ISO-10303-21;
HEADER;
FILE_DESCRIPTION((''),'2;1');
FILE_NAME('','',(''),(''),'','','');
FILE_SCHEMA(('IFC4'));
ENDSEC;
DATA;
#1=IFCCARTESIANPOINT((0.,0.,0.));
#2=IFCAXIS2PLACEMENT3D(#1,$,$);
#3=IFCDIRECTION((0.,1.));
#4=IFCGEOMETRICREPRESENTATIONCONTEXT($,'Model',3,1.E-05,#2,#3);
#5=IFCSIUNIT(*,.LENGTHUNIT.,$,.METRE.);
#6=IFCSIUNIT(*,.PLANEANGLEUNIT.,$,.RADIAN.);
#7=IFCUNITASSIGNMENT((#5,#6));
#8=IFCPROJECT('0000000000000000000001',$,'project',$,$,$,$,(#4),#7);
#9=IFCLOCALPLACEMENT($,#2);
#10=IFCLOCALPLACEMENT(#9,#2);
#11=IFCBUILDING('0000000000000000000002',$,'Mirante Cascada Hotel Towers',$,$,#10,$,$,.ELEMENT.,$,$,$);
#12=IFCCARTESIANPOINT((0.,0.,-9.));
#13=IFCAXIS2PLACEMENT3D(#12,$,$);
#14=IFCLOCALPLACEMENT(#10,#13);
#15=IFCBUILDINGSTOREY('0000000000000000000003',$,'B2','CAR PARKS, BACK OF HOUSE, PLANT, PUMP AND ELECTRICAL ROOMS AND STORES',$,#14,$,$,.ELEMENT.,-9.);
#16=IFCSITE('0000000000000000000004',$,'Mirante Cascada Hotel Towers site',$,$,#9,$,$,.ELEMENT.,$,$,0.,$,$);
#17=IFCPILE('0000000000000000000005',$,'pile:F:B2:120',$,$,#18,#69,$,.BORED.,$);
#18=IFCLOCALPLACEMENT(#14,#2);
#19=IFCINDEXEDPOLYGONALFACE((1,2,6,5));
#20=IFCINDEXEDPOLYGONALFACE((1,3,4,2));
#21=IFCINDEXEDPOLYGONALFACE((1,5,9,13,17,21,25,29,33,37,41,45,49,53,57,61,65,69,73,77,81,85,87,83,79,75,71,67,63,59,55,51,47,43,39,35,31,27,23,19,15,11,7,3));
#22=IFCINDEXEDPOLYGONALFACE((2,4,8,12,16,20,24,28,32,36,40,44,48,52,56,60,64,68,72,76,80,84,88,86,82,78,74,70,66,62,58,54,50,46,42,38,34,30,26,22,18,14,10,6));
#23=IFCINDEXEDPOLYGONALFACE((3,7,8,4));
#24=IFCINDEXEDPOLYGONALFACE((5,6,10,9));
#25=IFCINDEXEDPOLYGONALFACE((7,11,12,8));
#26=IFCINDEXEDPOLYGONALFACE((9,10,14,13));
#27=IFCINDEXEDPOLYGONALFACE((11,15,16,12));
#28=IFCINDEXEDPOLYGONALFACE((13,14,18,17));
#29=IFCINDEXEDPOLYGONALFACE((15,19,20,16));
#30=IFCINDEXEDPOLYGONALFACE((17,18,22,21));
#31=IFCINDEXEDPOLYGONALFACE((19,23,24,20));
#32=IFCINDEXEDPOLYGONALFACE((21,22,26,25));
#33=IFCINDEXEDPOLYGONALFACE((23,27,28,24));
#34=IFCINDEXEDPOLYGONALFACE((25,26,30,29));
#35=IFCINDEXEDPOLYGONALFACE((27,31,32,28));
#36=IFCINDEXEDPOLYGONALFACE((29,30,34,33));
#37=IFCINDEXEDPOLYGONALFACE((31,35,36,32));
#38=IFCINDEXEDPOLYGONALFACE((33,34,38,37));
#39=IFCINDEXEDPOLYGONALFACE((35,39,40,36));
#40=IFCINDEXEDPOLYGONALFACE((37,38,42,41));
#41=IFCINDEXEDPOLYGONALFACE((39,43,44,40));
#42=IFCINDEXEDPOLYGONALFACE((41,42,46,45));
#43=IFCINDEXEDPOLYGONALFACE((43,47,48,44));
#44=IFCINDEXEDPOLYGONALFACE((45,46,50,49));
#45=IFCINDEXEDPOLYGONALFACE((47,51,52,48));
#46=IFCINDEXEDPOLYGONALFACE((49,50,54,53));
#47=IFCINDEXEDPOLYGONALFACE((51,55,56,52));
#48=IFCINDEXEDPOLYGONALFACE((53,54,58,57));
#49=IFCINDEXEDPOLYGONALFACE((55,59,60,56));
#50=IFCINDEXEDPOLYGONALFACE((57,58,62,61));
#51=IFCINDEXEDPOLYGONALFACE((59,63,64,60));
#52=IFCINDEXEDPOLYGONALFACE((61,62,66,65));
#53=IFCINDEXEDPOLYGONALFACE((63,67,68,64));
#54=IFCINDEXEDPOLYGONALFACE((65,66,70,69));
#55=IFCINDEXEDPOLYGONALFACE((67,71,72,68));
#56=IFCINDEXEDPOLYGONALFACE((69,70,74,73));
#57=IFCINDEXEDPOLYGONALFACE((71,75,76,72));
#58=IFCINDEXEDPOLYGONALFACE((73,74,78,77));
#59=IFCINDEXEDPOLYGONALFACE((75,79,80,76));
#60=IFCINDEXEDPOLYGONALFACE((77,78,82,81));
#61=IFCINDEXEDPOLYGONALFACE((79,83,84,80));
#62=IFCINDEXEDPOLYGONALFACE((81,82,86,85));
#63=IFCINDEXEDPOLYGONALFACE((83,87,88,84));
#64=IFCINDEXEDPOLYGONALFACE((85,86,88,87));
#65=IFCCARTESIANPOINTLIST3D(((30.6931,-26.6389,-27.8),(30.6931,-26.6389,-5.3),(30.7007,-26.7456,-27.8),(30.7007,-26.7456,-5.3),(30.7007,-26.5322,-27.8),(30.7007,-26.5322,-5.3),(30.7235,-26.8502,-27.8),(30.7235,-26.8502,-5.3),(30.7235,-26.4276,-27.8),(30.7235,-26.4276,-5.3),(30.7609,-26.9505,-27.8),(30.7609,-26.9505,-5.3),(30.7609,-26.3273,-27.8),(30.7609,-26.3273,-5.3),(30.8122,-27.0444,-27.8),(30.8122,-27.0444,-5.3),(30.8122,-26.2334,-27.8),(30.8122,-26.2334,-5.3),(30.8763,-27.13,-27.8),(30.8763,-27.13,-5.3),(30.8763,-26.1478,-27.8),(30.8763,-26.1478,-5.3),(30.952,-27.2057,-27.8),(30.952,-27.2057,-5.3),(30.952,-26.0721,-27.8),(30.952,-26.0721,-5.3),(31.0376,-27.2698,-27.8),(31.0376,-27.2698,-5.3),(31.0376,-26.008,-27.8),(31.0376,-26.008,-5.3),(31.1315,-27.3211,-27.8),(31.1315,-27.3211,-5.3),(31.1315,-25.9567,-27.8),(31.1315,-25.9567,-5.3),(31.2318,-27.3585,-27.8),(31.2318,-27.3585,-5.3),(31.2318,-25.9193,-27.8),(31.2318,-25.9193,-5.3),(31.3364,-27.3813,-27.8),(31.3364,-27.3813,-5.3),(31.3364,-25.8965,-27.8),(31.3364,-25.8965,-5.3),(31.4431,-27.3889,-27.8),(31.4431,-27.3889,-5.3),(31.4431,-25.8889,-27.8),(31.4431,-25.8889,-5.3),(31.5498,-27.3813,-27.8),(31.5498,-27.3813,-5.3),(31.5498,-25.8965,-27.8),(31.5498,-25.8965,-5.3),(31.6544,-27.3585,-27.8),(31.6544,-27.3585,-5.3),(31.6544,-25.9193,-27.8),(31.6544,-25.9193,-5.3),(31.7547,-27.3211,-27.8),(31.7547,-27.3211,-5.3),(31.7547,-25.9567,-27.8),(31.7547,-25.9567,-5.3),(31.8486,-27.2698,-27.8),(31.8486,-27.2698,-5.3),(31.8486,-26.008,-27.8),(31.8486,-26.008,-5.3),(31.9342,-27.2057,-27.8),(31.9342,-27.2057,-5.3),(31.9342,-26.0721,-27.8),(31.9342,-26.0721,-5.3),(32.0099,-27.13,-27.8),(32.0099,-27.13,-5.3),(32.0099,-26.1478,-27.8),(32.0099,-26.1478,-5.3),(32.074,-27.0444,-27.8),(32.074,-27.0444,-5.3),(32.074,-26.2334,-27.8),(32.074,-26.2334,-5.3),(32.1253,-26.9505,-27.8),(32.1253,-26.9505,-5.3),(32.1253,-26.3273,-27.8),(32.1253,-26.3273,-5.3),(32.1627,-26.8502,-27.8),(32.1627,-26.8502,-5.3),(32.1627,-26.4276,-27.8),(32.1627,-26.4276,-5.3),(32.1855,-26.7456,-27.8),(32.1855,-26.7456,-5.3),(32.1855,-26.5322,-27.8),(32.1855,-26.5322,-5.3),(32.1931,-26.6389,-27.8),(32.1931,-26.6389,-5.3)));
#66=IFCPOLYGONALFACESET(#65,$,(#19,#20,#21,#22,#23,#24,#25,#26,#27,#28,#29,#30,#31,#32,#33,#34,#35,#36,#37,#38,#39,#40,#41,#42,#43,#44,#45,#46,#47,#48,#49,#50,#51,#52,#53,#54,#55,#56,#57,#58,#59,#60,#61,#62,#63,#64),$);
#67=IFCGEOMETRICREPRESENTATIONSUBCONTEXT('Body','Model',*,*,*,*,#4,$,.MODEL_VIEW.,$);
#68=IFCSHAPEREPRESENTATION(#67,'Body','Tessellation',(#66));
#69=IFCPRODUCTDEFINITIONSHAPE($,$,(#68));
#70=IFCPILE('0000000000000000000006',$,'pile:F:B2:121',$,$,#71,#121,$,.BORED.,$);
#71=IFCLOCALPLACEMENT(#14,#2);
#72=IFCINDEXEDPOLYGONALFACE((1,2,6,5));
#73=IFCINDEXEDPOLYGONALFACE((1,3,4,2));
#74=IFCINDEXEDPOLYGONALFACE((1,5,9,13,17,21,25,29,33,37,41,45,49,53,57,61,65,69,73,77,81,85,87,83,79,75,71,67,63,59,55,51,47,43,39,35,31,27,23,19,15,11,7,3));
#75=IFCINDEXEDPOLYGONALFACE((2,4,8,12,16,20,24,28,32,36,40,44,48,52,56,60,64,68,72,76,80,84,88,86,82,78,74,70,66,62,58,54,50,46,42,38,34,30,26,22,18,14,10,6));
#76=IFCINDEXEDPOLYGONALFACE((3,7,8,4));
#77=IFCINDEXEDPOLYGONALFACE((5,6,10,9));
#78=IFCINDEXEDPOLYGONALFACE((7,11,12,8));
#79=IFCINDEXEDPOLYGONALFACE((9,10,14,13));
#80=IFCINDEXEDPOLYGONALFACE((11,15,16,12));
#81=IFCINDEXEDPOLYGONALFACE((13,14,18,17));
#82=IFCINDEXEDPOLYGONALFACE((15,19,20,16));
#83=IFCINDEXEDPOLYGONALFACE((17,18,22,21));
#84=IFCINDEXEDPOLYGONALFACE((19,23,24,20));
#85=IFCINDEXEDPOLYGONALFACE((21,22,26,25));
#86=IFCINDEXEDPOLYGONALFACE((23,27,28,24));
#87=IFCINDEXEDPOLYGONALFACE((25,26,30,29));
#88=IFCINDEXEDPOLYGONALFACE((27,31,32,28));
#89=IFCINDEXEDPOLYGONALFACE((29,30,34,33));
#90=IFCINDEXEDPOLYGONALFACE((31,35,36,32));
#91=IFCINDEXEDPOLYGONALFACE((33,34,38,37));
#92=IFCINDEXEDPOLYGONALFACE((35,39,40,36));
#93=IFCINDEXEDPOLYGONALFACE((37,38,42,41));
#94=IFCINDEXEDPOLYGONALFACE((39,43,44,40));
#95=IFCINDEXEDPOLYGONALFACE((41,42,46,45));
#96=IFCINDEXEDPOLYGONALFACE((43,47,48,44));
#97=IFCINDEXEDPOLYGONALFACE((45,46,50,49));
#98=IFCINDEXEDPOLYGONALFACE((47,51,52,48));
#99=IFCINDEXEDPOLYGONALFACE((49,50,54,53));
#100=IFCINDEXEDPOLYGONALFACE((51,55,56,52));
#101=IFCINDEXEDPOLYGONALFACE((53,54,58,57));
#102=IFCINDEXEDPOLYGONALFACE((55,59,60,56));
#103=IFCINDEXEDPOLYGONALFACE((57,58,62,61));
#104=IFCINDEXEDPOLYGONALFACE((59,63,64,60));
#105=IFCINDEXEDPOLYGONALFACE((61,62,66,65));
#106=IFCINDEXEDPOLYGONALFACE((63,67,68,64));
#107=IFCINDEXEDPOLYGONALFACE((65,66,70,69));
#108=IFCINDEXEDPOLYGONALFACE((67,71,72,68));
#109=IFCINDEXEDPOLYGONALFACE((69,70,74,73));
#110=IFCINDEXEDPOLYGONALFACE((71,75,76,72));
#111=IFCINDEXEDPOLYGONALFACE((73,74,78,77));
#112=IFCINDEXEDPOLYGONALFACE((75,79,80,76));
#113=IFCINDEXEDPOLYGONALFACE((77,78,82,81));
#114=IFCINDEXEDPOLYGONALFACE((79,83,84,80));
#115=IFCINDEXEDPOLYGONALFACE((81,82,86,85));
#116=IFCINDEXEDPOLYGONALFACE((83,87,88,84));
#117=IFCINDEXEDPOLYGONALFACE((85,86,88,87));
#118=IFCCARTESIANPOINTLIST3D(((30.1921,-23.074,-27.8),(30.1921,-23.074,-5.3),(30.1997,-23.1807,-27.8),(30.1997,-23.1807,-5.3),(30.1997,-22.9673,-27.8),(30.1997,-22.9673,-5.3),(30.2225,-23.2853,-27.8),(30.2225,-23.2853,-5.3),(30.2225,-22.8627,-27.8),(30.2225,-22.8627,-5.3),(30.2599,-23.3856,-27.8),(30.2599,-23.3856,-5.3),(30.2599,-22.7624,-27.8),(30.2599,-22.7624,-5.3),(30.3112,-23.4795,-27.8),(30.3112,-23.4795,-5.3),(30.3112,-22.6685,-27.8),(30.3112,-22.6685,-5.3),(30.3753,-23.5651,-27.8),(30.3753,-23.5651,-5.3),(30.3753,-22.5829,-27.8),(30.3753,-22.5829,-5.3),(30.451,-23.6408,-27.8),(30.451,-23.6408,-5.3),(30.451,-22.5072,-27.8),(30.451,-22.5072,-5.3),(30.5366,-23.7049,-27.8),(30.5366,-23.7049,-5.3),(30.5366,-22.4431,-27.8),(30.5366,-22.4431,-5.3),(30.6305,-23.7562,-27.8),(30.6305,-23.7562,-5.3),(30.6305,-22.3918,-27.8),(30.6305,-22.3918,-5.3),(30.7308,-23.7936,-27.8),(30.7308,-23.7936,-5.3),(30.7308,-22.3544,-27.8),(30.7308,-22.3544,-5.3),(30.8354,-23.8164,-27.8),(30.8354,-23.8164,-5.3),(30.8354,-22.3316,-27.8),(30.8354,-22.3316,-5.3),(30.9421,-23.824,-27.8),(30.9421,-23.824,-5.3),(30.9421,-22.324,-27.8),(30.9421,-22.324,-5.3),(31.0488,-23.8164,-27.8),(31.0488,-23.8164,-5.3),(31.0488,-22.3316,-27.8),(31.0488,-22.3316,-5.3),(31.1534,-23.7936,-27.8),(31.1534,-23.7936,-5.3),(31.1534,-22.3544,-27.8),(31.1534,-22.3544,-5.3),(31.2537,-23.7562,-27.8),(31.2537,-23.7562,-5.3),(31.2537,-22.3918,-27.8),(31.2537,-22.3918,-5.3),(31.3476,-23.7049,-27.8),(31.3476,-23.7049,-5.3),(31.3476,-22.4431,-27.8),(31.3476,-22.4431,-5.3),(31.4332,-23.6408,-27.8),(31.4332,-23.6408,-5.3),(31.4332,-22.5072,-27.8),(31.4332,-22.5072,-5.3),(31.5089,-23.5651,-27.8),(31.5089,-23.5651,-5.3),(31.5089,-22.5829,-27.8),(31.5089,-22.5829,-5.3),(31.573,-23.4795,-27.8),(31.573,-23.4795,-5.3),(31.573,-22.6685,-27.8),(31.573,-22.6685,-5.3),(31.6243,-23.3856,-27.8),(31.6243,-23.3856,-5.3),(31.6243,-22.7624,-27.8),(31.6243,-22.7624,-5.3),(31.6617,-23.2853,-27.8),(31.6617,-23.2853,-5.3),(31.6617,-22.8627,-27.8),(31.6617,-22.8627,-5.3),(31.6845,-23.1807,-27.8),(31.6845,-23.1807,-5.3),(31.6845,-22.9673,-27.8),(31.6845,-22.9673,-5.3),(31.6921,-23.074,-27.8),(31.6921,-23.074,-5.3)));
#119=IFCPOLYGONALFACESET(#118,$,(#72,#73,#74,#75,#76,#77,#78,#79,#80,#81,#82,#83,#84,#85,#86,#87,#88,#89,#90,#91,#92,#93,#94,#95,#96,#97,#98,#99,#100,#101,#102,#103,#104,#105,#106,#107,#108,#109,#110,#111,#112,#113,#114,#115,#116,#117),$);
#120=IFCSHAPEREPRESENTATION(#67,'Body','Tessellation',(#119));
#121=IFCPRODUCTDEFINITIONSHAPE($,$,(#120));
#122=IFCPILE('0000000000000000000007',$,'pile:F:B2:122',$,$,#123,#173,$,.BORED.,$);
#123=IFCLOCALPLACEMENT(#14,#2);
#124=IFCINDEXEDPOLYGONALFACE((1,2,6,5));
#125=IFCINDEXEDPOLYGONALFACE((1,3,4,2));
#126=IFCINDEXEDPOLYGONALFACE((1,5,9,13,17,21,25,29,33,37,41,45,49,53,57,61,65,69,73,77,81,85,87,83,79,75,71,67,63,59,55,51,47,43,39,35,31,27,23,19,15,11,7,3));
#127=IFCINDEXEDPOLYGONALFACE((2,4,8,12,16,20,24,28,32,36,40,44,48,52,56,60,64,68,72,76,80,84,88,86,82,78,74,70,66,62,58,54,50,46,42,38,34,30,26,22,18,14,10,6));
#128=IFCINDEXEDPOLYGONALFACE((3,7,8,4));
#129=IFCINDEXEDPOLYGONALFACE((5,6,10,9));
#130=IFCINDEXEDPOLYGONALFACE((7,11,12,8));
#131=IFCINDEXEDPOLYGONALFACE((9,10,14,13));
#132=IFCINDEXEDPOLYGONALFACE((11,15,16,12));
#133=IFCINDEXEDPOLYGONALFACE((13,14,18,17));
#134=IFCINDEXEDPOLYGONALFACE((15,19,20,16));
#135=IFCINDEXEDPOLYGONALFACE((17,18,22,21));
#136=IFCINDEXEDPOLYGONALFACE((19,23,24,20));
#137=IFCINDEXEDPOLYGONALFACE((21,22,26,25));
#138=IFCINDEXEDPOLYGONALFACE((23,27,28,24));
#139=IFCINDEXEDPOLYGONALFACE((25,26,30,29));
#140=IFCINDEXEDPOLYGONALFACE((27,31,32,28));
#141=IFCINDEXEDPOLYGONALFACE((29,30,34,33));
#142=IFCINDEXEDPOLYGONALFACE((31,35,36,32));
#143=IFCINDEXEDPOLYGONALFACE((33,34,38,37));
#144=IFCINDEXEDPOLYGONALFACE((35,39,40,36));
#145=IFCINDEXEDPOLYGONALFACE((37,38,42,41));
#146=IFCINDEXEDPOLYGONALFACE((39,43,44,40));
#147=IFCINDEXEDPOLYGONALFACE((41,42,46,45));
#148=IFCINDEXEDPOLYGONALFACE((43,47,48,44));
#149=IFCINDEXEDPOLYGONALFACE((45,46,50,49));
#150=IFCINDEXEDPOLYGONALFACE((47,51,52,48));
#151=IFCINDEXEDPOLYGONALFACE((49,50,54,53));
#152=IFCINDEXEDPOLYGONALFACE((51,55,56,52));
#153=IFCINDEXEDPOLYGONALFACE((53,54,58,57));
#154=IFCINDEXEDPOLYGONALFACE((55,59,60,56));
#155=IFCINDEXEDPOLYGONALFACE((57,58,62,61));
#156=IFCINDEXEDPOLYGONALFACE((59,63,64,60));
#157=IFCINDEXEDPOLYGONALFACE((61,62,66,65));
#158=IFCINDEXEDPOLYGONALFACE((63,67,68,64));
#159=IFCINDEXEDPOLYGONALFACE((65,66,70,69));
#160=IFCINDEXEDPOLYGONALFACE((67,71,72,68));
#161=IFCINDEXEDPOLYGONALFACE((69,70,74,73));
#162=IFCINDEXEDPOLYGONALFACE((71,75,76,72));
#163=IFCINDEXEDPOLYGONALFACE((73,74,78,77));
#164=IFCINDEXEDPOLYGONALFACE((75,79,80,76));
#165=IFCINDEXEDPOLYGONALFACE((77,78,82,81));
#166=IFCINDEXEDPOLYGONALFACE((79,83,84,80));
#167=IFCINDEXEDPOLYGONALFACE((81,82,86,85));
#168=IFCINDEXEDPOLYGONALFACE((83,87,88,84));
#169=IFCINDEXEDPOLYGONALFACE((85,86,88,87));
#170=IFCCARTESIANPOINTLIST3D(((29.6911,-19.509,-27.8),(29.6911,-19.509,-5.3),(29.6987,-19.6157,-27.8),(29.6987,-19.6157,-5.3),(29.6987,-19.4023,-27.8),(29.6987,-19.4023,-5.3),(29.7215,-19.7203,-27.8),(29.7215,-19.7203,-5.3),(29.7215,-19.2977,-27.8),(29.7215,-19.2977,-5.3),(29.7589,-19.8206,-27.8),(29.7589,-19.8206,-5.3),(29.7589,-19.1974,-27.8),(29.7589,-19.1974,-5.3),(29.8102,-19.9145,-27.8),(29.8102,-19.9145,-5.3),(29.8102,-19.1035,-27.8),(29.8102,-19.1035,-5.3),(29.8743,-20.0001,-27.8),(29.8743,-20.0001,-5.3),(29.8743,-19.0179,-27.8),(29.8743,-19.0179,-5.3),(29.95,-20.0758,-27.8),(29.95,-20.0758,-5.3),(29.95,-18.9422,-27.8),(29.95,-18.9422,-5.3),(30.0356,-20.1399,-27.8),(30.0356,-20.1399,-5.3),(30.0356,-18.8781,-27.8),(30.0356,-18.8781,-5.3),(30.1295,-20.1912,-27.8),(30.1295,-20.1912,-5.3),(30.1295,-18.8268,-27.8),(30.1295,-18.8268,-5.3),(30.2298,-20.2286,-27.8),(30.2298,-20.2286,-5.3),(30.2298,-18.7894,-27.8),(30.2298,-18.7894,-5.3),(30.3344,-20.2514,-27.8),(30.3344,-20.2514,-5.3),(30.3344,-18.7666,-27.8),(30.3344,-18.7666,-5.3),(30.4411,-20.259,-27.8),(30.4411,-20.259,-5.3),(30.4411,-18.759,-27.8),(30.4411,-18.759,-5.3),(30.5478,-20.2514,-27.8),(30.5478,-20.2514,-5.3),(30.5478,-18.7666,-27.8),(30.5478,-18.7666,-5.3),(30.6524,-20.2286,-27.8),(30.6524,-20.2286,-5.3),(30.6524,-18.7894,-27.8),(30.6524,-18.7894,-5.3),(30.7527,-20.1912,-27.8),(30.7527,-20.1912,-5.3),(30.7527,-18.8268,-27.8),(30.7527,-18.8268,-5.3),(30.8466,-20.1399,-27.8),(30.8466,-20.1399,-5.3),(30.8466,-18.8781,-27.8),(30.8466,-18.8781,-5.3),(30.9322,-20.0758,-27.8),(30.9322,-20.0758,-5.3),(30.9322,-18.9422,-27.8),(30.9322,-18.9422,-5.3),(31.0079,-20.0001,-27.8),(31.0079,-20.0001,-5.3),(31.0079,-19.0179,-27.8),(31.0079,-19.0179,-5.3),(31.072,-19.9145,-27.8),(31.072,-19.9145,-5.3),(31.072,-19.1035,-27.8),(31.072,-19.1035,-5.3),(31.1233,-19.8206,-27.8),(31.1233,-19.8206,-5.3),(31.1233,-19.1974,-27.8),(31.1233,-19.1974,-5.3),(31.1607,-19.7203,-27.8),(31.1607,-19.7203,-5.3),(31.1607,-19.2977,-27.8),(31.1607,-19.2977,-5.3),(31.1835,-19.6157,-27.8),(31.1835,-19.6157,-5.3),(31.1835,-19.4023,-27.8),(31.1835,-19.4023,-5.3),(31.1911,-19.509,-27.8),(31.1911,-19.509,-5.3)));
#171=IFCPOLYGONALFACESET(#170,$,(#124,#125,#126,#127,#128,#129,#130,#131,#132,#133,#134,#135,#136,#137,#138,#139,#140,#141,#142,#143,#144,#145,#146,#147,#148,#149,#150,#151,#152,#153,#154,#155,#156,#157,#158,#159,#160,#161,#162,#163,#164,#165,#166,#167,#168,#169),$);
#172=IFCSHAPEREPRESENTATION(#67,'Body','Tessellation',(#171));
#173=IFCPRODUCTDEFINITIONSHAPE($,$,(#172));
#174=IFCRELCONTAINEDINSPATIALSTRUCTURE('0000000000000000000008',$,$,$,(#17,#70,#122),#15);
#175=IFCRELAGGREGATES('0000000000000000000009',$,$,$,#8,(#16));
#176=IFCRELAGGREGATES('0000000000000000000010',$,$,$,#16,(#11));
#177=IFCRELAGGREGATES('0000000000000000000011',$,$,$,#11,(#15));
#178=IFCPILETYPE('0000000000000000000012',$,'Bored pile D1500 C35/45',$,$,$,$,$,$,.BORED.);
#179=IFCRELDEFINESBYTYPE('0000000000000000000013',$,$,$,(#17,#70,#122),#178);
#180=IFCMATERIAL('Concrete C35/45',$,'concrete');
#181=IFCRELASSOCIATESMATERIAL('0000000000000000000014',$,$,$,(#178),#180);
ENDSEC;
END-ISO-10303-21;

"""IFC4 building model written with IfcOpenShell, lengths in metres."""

from ifc_helpers import new_model, si_unit, direction, frame, origin, origin_2d, place, context, subcontext, project, spatial, circle, extrude, material, material_profile, profile_set, type_object, element, save


model = new_model("IFC4")

# Units and contexts
model_context = context("Model", 3, precision=1e-05, world=origin(), true_north=direction((0.0, 1.0)))
body_context = subcontext(model_context, "Body", "Model", "MODEL_VIEW")
ifc_project = project(units=[si_unit("LENGTHUNIT", "METRE"), si_unit("PLANEANGLEUNIT", "RADIAN")], contexts=[model_context])

# Site, building, storey
site_placement = place(None, origin())
site = spatial("IfcSite", under=ifc_project, at=site_placement, Name="Mirante Cascada Hotel Towers site", CompositionType="ELEMENT", RefElevation=0.0)
building_placement = place(site_placement, origin())
building = spatial("IfcBuilding", under=site, at=building_placement, Name="Mirante Cascada Hotel Towers", CompositionType="ELEMENT")
storey_placement = place(building_placement, frame((0.0, 0.0, -9.0)))
storey = spatial("IfcBuildingStorey", under=building, at=storey_placement, Name="B2", Description="CAR PARKS, BACK OF HOUSE, PLANT, PUMP AND ELECTRICAL ROOMS AND STORES", CompositionType="ELEMENT", Elevation=-9.0)

# Piles
ifc_material_1 = material(Name="Concrete C35/45", Category="concrete")
ifc_material_profile_1 = material_profile(ifc_material_1, circle(Radius=0.75, at=origin_2d()), Name="RC D1500")
ifc_profile_set_1 = profile_set([ifc_material_profile_1], Name="Concrete C35/45")
pile_type = type_object("IfcPileType", Name="Bored pile D1500 C35/45", PredefinedType="BORED", material=ifc_profile_set_1)
for number, where, z_axis, x_axis, name in (
    (1, (31.4431, -26.6389, -5.3), (0.0, 0.0, -1.0), (1.0, 0.0, 0.0), "pile:F:B2:120"),
    (2, (30.9421, -23.074, -5.3), (0.0, 0.0, -1.0), (1.0, 0.0, 0.0), "pile:F:B2:121"),
    (3, (30.4411, -19.509, -5.3), (0.0, 0.0, -1.0), (1.0, 0.0, 0.0), "pile:F:B2:122"),
):
    element("IfcPile", number, at=place(storey_placement, frame(where, z_axis=z_axis, x_axis=x_axis)), inside=storey, type_object=pile_type, Name=name, PredefinedType="BORED", context=body_context, shape_type="SweptSolid", body=[
        extrude(circle(Radius=0.75, at=origin_2d()), origin(), (0.0, 0.0, 1.0), 22.5),
    ])

save(model, "model.ifc")
